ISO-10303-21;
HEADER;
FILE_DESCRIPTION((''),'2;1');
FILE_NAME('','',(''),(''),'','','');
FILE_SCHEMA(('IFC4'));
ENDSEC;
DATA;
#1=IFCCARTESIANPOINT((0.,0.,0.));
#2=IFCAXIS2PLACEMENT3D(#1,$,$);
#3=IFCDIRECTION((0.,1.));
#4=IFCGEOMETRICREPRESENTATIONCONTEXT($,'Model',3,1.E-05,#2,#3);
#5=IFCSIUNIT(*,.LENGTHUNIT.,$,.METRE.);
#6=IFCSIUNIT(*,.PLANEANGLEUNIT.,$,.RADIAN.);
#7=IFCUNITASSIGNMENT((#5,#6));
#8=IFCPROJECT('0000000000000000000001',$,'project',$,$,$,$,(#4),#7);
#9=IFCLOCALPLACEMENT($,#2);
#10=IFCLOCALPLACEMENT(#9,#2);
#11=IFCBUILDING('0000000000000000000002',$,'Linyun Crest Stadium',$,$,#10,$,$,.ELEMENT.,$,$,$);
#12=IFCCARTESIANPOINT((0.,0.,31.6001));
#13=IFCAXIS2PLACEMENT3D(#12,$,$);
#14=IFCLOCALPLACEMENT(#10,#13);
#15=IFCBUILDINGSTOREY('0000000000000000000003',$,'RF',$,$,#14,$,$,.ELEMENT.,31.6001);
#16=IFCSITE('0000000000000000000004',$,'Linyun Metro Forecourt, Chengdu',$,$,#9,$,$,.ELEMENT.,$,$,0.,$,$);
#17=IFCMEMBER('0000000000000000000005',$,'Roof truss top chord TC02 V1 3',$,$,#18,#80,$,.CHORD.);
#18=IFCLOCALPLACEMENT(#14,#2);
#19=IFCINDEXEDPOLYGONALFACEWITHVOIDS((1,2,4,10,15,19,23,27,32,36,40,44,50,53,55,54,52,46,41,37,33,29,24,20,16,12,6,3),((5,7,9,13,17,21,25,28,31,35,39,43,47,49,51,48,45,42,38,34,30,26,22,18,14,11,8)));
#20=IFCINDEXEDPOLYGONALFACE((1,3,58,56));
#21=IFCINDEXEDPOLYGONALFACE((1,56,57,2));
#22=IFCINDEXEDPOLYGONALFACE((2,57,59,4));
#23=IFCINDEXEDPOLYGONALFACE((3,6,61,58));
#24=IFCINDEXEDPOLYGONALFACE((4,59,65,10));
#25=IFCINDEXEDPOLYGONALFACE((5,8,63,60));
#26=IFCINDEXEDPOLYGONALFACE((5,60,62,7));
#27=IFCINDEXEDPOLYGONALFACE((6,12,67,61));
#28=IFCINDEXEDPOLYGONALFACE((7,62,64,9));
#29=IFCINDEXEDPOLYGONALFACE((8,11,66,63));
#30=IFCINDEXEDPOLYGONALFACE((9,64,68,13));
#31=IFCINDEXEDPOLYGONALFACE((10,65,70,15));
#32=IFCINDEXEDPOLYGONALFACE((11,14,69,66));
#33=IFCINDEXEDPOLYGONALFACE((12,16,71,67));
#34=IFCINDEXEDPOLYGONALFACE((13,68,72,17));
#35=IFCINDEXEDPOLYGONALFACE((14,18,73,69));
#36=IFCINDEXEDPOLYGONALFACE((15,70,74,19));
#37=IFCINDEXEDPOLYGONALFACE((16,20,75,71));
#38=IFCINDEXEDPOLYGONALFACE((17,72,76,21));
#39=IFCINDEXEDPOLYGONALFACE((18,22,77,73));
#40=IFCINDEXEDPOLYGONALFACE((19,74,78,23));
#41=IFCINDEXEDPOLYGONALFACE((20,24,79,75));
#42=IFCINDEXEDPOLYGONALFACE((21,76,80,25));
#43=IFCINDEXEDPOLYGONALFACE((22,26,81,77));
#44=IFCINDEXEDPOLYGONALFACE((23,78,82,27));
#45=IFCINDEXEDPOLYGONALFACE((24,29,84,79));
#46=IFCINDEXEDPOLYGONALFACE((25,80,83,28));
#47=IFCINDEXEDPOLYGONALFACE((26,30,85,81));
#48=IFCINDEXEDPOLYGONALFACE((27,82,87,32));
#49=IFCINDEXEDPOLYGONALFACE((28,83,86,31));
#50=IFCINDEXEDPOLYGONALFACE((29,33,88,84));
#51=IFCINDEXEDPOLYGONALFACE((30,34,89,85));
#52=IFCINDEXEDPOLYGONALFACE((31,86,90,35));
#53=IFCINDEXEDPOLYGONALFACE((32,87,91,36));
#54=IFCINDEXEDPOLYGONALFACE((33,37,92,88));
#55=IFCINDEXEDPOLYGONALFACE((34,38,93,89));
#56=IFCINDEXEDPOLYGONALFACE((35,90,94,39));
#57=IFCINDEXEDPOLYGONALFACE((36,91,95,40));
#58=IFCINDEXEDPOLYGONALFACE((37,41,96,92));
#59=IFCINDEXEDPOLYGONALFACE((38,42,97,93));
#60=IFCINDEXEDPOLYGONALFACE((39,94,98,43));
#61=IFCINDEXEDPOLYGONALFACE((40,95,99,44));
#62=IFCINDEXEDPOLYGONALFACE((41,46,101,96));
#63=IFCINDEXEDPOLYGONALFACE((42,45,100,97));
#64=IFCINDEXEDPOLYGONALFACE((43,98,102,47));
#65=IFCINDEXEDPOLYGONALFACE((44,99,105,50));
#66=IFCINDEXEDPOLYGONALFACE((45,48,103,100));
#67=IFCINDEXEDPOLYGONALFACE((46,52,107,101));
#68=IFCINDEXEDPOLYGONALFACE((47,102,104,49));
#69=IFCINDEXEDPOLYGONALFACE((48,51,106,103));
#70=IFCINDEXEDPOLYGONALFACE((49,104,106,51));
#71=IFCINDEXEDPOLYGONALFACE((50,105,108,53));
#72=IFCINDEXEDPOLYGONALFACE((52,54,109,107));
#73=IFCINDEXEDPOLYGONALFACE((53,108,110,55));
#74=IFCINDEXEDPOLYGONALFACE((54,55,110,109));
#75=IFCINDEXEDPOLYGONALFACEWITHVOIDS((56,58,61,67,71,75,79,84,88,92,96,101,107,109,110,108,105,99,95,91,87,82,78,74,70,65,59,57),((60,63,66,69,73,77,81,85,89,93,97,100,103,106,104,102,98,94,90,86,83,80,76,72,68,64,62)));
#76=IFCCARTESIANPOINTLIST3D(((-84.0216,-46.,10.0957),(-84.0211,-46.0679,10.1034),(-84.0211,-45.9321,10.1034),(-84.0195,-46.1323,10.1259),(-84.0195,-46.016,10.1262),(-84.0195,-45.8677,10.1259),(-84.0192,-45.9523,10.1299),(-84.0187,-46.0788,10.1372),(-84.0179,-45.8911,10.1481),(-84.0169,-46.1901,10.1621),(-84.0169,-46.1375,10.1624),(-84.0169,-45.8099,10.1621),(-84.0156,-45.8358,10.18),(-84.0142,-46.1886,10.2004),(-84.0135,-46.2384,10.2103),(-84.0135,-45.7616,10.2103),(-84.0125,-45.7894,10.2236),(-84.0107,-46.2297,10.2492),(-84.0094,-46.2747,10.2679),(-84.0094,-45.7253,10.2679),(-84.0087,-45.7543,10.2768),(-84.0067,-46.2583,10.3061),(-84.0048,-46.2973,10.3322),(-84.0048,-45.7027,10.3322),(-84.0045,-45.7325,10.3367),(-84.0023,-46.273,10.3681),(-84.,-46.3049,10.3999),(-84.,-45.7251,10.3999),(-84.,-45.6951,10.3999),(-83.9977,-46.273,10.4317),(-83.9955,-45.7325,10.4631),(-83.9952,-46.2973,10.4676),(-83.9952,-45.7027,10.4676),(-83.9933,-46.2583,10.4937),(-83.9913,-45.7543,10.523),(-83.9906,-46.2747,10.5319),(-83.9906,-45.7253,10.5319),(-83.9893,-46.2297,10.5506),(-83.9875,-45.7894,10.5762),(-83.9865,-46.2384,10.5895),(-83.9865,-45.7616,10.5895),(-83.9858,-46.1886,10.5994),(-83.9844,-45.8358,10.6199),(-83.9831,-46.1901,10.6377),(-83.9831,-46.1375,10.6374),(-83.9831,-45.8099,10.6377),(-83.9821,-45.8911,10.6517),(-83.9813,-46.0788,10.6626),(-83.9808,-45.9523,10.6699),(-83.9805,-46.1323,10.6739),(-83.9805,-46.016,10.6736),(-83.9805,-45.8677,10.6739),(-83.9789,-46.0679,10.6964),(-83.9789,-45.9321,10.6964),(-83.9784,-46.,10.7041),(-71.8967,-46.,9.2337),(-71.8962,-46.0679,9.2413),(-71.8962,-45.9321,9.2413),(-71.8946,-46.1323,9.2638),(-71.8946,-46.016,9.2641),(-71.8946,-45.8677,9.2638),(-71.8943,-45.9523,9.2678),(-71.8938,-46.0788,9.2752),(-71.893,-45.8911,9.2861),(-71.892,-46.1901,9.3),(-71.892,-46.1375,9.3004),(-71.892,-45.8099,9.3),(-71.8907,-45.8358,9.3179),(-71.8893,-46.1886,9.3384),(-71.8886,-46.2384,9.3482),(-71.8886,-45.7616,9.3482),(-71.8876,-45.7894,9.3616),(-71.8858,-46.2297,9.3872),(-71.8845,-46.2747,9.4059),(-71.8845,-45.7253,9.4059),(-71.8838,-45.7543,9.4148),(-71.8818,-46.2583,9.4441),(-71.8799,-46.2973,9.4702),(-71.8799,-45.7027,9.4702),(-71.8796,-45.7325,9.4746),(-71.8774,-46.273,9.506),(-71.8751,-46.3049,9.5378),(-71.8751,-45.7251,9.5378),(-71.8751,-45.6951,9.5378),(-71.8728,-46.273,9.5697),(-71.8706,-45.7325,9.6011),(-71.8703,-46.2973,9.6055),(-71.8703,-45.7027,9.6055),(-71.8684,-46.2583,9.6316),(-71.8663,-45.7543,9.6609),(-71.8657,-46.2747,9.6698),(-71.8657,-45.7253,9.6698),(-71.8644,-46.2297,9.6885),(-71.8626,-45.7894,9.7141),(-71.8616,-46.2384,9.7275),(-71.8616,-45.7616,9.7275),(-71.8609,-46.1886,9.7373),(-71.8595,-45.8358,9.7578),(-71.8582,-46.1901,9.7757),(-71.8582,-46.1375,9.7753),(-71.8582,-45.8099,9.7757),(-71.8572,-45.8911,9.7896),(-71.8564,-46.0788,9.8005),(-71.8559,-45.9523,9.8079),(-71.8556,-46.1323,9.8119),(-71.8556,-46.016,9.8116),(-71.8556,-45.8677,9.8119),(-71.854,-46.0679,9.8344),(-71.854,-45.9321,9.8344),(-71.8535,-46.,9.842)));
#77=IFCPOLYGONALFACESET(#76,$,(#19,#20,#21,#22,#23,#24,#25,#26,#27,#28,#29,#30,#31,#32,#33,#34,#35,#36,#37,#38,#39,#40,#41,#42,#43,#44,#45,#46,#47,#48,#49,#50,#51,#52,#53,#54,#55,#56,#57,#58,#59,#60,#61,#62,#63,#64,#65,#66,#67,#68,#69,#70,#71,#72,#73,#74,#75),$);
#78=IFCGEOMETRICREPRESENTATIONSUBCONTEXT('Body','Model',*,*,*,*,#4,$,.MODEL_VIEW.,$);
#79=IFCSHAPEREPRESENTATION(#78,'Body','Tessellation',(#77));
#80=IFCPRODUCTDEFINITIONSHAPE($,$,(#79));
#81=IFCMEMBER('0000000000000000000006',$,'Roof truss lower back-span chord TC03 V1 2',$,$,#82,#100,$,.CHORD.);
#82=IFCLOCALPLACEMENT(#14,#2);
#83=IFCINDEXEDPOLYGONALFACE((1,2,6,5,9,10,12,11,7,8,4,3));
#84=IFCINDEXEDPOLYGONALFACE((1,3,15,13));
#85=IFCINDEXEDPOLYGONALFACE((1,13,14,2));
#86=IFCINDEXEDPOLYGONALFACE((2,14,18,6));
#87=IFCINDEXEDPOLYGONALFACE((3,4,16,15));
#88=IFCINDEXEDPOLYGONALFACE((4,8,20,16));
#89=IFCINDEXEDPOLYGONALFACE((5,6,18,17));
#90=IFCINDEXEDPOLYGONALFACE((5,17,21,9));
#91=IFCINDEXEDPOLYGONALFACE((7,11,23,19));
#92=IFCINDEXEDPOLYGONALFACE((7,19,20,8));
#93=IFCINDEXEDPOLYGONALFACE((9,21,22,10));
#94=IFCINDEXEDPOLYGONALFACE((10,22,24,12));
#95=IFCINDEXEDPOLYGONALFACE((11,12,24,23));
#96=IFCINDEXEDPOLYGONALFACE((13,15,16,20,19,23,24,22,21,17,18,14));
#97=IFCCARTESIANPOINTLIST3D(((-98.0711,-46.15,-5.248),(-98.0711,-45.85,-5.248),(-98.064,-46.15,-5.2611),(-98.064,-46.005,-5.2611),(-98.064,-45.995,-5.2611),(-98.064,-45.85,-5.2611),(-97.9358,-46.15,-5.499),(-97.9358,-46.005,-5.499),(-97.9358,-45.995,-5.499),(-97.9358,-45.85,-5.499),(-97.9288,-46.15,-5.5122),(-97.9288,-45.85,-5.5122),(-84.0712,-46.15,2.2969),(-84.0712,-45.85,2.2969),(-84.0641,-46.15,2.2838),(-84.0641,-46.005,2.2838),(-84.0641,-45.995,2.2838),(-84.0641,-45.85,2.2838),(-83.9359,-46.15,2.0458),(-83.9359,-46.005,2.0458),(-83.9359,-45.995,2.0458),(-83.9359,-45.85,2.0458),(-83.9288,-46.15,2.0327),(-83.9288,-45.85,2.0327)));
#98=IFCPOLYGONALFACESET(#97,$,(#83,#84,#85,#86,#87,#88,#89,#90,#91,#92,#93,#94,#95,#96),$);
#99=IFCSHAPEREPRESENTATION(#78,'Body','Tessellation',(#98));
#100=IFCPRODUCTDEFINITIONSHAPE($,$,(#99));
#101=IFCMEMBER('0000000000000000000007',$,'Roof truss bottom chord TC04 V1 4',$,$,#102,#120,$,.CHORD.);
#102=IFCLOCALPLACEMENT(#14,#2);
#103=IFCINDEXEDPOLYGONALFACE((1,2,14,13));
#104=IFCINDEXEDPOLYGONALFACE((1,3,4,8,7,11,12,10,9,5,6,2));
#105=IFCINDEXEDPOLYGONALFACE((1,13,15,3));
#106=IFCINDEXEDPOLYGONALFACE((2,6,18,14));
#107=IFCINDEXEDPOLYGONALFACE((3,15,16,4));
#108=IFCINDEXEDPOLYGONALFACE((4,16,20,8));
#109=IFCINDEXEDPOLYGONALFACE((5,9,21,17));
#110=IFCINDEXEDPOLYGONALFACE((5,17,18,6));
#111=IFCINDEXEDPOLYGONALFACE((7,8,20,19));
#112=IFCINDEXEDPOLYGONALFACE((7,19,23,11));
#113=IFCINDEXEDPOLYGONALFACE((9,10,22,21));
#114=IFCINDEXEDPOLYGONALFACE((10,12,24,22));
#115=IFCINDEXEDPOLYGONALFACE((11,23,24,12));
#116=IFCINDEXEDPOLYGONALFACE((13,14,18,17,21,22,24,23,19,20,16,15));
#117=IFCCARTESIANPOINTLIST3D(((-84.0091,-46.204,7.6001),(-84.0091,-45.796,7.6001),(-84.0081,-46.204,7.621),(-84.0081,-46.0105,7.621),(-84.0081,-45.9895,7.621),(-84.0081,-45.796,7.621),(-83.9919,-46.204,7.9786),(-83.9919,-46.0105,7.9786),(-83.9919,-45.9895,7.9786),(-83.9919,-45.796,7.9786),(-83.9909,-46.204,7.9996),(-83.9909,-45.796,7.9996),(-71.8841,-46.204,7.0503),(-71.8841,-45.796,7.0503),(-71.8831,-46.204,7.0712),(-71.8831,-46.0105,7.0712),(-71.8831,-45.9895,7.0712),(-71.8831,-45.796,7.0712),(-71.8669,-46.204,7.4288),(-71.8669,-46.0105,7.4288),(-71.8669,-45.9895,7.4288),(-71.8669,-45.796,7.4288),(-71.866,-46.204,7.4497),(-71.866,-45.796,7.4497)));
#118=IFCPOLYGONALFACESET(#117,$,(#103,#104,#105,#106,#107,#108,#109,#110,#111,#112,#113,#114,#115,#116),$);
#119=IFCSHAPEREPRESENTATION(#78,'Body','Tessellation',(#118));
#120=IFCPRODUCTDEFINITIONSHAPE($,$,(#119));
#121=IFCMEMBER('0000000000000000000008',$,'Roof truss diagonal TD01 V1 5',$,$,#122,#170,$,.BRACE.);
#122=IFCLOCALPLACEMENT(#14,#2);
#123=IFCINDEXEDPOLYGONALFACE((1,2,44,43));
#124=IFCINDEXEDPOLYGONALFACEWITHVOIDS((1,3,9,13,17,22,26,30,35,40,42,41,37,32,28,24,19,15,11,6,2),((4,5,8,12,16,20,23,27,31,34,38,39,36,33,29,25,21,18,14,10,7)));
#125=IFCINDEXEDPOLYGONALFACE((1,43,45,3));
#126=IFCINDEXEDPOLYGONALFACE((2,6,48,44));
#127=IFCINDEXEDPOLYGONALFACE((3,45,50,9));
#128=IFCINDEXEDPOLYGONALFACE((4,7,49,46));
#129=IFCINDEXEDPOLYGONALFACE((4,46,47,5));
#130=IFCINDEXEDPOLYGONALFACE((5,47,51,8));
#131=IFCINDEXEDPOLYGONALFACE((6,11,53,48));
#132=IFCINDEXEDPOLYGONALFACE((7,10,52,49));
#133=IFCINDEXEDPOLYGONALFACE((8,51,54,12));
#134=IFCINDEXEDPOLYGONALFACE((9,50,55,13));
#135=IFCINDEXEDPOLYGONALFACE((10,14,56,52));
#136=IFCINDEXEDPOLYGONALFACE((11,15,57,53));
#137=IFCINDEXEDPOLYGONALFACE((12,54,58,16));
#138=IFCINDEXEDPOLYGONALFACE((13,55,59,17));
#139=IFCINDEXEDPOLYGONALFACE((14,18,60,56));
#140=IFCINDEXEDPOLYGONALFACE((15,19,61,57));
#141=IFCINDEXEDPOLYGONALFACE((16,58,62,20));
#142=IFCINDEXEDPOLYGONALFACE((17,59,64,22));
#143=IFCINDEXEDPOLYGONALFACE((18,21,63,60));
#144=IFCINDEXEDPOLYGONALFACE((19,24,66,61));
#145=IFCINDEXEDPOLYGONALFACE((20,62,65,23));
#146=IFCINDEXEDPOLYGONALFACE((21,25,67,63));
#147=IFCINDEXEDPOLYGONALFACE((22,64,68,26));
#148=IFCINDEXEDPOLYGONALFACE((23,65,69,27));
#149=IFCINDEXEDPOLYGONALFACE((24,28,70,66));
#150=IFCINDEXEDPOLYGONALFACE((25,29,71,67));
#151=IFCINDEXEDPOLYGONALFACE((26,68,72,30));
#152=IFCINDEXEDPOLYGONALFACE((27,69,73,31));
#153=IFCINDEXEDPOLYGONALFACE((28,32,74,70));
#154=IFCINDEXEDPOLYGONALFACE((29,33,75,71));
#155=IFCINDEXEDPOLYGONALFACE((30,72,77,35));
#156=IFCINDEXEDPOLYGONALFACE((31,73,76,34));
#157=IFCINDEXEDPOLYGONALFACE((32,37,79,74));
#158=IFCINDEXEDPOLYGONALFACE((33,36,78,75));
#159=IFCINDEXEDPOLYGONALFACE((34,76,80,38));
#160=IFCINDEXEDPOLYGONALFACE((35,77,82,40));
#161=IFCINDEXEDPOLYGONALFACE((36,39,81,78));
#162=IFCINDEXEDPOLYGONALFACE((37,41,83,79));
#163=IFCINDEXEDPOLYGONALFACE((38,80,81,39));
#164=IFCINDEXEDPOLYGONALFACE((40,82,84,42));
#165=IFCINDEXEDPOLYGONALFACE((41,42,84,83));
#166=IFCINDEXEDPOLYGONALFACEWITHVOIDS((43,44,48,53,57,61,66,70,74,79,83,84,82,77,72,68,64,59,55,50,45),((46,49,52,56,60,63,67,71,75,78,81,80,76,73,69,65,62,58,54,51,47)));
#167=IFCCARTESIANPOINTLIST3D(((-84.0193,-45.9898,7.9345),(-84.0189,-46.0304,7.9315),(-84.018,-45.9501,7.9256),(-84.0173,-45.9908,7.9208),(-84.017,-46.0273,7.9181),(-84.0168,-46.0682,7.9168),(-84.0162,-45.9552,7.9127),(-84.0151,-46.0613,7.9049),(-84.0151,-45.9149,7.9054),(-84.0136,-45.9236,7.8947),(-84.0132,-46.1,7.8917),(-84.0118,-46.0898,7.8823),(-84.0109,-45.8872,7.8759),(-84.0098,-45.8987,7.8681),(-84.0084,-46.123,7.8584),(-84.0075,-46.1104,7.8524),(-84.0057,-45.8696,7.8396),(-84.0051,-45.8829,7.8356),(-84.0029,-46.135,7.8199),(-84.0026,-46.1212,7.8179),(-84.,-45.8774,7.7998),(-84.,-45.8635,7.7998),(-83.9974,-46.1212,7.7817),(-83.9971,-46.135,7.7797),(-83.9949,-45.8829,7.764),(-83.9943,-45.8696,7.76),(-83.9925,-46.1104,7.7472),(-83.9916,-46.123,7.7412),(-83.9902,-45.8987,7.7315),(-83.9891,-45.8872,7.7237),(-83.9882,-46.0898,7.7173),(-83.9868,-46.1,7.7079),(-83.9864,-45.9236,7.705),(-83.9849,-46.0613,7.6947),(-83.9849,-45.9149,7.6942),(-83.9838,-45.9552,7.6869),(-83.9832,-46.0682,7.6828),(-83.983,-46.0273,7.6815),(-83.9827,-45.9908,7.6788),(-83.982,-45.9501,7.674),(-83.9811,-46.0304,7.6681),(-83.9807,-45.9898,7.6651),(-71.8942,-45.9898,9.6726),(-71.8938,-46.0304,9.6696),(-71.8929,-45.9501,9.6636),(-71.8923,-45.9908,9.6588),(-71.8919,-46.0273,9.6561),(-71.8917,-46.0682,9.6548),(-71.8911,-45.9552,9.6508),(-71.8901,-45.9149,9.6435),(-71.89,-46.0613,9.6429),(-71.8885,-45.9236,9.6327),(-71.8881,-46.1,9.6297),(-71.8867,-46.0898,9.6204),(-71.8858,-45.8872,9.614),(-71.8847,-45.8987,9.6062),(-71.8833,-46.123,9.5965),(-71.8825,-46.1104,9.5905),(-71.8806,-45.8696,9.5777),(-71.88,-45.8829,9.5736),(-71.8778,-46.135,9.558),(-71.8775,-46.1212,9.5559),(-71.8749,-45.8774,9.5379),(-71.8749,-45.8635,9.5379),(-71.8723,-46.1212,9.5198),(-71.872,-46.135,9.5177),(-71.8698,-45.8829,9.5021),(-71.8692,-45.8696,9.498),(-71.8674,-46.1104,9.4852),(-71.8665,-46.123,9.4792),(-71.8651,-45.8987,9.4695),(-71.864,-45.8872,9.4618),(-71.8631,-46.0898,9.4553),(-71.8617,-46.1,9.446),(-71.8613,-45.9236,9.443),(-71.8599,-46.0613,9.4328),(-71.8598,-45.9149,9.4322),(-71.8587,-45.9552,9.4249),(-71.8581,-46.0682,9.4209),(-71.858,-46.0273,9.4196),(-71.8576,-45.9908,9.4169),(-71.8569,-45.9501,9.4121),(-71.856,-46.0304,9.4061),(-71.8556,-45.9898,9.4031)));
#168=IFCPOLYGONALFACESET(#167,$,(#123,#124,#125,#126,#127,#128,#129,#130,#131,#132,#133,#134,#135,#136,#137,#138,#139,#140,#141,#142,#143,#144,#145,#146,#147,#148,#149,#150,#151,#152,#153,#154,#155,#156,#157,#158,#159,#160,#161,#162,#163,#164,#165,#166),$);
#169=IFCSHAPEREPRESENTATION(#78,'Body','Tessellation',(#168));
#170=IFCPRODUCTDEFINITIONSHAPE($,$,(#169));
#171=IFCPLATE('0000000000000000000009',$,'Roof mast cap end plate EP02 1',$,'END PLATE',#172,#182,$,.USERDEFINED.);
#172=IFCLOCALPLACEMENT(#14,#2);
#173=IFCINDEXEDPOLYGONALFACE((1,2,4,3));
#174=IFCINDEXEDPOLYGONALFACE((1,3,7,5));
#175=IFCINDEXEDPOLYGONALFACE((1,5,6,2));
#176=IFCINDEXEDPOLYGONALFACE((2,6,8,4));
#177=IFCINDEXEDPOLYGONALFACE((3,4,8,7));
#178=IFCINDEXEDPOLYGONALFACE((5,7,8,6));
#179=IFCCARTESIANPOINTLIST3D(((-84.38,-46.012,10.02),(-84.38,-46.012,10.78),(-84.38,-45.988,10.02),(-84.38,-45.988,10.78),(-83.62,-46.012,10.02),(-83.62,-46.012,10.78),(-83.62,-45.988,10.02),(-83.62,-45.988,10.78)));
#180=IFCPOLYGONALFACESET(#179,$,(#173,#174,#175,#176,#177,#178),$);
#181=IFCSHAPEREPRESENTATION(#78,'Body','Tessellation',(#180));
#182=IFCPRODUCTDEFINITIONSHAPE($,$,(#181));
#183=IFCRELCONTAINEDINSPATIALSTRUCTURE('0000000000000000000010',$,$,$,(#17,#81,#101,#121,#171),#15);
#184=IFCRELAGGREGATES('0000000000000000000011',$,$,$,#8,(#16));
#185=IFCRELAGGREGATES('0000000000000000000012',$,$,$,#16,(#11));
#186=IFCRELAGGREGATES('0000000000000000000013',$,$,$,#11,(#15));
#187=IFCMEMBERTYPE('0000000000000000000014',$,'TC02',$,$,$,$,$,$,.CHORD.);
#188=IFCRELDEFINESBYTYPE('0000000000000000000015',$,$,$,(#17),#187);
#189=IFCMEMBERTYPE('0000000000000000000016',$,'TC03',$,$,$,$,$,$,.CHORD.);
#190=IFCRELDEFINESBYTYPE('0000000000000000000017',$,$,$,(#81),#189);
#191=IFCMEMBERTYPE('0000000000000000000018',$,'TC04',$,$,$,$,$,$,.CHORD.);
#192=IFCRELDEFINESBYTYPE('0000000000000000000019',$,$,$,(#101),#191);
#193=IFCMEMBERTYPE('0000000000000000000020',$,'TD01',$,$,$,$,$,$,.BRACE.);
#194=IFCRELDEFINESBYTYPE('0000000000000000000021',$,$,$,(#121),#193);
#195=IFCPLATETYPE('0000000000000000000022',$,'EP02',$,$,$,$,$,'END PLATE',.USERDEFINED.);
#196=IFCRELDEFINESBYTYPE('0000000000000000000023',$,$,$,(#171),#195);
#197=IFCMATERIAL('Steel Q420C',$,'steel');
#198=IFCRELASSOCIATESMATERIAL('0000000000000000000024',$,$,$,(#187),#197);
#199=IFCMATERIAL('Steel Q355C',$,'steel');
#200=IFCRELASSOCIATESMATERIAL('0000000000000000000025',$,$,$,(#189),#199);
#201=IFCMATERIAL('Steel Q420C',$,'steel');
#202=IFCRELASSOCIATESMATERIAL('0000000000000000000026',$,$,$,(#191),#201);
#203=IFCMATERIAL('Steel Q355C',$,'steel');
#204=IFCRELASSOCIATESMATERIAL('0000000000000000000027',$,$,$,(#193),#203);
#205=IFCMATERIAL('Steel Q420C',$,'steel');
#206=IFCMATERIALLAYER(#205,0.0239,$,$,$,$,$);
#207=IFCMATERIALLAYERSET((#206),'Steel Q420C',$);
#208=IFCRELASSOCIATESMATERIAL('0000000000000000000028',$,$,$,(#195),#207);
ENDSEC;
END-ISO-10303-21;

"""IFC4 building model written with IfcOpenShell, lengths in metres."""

from ifc_helpers import new_model, si_unit, direction, frame, origin, origin_2d, place, context, subcontext, project, spatial, rectangle, hollow_circle, i_section, extrude, material, layer, layer_set, material_profile, profile_set, type_object, element, save


model = new_model("IFC4")

# Units and contexts
model_context = context("Model", 3, precision=1e-05, world=origin(), true_north=direction((0.0, 1.0)))
body_context = subcontext(model_context, "Body", "Model", "MODEL_VIEW")
ifc_project = project(units=[si_unit("LENGTHUNIT", "METRE"), si_unit("PLANEANGLEUNIT", "RADIAN")], contexts=[model_context])

# Site, building, storey
site_placement = place(None, origin())
site = spatial("IfcSite", under=ifc_project, at=site_placement, Name="Linyun Metro Forecourt, Chengdu", CompositionType="ELEMENT", RefElevation=0.0)
building_placement = place(site_placement, origin())
building = spatial("IfcBuilding", under=site, at=building_placement, Name="Linyun Crest Stadium", CompositionType="ELEMENT")
storey_placement = place(building_placement, frame((0.0, 0.0, 31.6001)))
storey = spatial("IfcBuildingStorey", under=building, at=storey_placement, Name="RF", CompositionType="ELEMENT", Elevation=31.6001)

# Members
ifc_material_1 = material(Name="Steel Q420C", Category="steel")
ifc_material_profile_1 = material_profile(ifc_material_1, hollow_circle(Radius=0.3049, WallThickness=0.03, at=origin_2d()), Name="CHS 610x30")
ifc_profile_set_1 = profile_set([ifc_material_profile_1], Name="Steel Q420C")
member_type_1 = type_object("IfcMemberType", Name="TC02", PredefinedType="CHORD", material=ifc_profile_set_1)
member_1_placement = place(storey_placement, frame((-84.0, -46.0, 10.3999), z_axis=(0.997482, 0.0, -0.070919), x_axis=(0.0, 1.0, 0.0)))
element("IfcMember", 1, at=member_1_placement, inside=storey, type_object=member_type_1, Name="Roof truss top chord TC02 V1 3", PredefinedType="CHORD", context=body_context, shape_type="SweptSolid", body=[
    extrude(hollow_circle(Radius=0.3049, WallThickness=0.03, at=origin_2d()), origin(), (0.0, 0.0, 1.0), 12.1555),
])
ifc_material_2 = material(Name="Steel Q355C", Category="steel")
ifc_material_profile_2 = material_profile(ifc_material_2, i_section(OverallWidth=0.3, OverallDepth=0.3, WebThickness=0.01, FlangeThickness=0.0149, at=origin_2d()), Name="HW 300x300")
ifc_profile_set_2 = profile_set([ifc_material_profile_2], Name="Steel Q355C")
member_type_2 = type_object("IfcMemberType", Name="TC03", PredefinedType="CHORD", material=ifc_profile_set_2)
member_2_placement = place(storey_placement, frame((-84.0, -46.0, 2.1648), z_axis=(-0.880301, 0.0, -0.474415), x_axis=(0.0, -1.0, 0.0)))
element("IfcMember", 2, at=member_2_placement, inside=storey, type_object=member_type_2, Name="Roof truss lower back-span chord TC03 V1 2", PredefinedType="CHORD", context=body_context, shape_type="SweptSolid", body=[
    extrude(i_section(OverallWidth=0.3, OverallDepth=0.3, WebThickness=0.01, FlangeThickness=0.0149, at=origin_2d()), origin(), (0.0, 0.0, 1.0), 15.9036),
])
ifc_material_3 = material(Name="Steel Q420C", Category="steel")
ifc_material_profile_3 = material_profile(ifc_material_3, i_section(OverallWidth=0.408, OverallDepth=0.3999, WebThickness=0.021, FlangeThickness=0.021, at=origin_2d()), Name="HW 400x408")
ifc_profile_set_3 = profile_set([ifc_material_profile_3], Name="Steel Q420C")
member_type_3 = type_object("IfcMemberType", Name="TC04", PredefinedType="CHORD", material=ifc_profile_set_3)
member_3_placement = place(storey_placement, frame((-84.0, -46.0, 7.7998), z_axis=(0.998974, 0.0, -0.045298), x_axis=(0.0, 1.0, 0.0)))
element("IfcMember", 3, at=member_3_placement, inside=storey, type_object=member_type_3, Name="Roof truss bottom chord TC04 V1 4", PredefinedType="CHORD", context=body_context, shape_type="SweptSolid", body=[
    extrude(i_section(OverallWidth=0.408, OverallDepth=0.3999, WebThickness=0.021, FlangeThickness=0.021, at=origin_2d()), origin(), (0.0, 0.0, 1.0), 12.1375),
])
ifc_material_4 = material(Name="Steel Q355C", Category="steel")
ifc_material_profile_4 = material_profile(ifc_material_4, hollow_circle(Radius=0.1365, WallThickness=0.0139, at=origin_2d()), Name="CHS 273x14")
ifc_profile_set_4 = profile_set([ifc_material_profile_4], Name="Steel Q355C")
member_type_4 = type_object("IfcMemberType", Name="TD01", PredefinedType="BRACE", material=ifc_profile_set_4)
member_4_placement = place(storey_placement, frame((-84.0, -46.0, 7.7998), z_axis=(0.989882, 0.0, 0.141893), x_axis=(0.0, 1.0, 0.0)))
element("IfcMember", 4, at=member_4_placement, inside=storey, type_object=member_type_4, Name="Roof truss diagonal TD01 V1 5", PredefinedType="BRACE", context=body_context, shape_type="SweptSolid", body=[
    extrude(hollow_circle(Radius=0.1365, WallThickness=0.0139, at=origin_2d()), origin(), (0.0, 0.0, 1.0), 12.249),
])

# Plate
ifc_material_5 = material(Name="Steel Q420C", Category="steel")
ifc_layer_1 = layer(ifc_material_5, 0.0239)
ifc_layer_set_1 = layer_set([ifc_layer_1], Name="Steel Q420C")
plate_type_1 = type_object("IfcPlateType", Name="EP02", ElementType="END PLATE", PredefinedType="USERDEFINED", material=ifc_layer_set_1)
for number, where, z_axis, x_axis, name in (
    (5, (-84.0, -46.0, 10.02), (0.0, 0.0, 1.0), (1.0, 0.0, 0.0), "Roof mast cap end plate EP02 1"),
):
    element("IfcPlate", number, at=place(storey_placement, frame(where, z_axis=z_axis, x_axis=x_axis)), inside=storey, type_object=plate_type_1, Name=name, ObjectType="END PLATE", PredefinedType="USERDEFINED", context=body_context, shape_type="SweptSolid", body=[
        extrude(rectangle(XDim=0.76, YDim=0.0239, at=origin_2d()), origin(), (0.0, 0.0, 1.0), 0.76),
    ])

save(model, "model.ifc")
